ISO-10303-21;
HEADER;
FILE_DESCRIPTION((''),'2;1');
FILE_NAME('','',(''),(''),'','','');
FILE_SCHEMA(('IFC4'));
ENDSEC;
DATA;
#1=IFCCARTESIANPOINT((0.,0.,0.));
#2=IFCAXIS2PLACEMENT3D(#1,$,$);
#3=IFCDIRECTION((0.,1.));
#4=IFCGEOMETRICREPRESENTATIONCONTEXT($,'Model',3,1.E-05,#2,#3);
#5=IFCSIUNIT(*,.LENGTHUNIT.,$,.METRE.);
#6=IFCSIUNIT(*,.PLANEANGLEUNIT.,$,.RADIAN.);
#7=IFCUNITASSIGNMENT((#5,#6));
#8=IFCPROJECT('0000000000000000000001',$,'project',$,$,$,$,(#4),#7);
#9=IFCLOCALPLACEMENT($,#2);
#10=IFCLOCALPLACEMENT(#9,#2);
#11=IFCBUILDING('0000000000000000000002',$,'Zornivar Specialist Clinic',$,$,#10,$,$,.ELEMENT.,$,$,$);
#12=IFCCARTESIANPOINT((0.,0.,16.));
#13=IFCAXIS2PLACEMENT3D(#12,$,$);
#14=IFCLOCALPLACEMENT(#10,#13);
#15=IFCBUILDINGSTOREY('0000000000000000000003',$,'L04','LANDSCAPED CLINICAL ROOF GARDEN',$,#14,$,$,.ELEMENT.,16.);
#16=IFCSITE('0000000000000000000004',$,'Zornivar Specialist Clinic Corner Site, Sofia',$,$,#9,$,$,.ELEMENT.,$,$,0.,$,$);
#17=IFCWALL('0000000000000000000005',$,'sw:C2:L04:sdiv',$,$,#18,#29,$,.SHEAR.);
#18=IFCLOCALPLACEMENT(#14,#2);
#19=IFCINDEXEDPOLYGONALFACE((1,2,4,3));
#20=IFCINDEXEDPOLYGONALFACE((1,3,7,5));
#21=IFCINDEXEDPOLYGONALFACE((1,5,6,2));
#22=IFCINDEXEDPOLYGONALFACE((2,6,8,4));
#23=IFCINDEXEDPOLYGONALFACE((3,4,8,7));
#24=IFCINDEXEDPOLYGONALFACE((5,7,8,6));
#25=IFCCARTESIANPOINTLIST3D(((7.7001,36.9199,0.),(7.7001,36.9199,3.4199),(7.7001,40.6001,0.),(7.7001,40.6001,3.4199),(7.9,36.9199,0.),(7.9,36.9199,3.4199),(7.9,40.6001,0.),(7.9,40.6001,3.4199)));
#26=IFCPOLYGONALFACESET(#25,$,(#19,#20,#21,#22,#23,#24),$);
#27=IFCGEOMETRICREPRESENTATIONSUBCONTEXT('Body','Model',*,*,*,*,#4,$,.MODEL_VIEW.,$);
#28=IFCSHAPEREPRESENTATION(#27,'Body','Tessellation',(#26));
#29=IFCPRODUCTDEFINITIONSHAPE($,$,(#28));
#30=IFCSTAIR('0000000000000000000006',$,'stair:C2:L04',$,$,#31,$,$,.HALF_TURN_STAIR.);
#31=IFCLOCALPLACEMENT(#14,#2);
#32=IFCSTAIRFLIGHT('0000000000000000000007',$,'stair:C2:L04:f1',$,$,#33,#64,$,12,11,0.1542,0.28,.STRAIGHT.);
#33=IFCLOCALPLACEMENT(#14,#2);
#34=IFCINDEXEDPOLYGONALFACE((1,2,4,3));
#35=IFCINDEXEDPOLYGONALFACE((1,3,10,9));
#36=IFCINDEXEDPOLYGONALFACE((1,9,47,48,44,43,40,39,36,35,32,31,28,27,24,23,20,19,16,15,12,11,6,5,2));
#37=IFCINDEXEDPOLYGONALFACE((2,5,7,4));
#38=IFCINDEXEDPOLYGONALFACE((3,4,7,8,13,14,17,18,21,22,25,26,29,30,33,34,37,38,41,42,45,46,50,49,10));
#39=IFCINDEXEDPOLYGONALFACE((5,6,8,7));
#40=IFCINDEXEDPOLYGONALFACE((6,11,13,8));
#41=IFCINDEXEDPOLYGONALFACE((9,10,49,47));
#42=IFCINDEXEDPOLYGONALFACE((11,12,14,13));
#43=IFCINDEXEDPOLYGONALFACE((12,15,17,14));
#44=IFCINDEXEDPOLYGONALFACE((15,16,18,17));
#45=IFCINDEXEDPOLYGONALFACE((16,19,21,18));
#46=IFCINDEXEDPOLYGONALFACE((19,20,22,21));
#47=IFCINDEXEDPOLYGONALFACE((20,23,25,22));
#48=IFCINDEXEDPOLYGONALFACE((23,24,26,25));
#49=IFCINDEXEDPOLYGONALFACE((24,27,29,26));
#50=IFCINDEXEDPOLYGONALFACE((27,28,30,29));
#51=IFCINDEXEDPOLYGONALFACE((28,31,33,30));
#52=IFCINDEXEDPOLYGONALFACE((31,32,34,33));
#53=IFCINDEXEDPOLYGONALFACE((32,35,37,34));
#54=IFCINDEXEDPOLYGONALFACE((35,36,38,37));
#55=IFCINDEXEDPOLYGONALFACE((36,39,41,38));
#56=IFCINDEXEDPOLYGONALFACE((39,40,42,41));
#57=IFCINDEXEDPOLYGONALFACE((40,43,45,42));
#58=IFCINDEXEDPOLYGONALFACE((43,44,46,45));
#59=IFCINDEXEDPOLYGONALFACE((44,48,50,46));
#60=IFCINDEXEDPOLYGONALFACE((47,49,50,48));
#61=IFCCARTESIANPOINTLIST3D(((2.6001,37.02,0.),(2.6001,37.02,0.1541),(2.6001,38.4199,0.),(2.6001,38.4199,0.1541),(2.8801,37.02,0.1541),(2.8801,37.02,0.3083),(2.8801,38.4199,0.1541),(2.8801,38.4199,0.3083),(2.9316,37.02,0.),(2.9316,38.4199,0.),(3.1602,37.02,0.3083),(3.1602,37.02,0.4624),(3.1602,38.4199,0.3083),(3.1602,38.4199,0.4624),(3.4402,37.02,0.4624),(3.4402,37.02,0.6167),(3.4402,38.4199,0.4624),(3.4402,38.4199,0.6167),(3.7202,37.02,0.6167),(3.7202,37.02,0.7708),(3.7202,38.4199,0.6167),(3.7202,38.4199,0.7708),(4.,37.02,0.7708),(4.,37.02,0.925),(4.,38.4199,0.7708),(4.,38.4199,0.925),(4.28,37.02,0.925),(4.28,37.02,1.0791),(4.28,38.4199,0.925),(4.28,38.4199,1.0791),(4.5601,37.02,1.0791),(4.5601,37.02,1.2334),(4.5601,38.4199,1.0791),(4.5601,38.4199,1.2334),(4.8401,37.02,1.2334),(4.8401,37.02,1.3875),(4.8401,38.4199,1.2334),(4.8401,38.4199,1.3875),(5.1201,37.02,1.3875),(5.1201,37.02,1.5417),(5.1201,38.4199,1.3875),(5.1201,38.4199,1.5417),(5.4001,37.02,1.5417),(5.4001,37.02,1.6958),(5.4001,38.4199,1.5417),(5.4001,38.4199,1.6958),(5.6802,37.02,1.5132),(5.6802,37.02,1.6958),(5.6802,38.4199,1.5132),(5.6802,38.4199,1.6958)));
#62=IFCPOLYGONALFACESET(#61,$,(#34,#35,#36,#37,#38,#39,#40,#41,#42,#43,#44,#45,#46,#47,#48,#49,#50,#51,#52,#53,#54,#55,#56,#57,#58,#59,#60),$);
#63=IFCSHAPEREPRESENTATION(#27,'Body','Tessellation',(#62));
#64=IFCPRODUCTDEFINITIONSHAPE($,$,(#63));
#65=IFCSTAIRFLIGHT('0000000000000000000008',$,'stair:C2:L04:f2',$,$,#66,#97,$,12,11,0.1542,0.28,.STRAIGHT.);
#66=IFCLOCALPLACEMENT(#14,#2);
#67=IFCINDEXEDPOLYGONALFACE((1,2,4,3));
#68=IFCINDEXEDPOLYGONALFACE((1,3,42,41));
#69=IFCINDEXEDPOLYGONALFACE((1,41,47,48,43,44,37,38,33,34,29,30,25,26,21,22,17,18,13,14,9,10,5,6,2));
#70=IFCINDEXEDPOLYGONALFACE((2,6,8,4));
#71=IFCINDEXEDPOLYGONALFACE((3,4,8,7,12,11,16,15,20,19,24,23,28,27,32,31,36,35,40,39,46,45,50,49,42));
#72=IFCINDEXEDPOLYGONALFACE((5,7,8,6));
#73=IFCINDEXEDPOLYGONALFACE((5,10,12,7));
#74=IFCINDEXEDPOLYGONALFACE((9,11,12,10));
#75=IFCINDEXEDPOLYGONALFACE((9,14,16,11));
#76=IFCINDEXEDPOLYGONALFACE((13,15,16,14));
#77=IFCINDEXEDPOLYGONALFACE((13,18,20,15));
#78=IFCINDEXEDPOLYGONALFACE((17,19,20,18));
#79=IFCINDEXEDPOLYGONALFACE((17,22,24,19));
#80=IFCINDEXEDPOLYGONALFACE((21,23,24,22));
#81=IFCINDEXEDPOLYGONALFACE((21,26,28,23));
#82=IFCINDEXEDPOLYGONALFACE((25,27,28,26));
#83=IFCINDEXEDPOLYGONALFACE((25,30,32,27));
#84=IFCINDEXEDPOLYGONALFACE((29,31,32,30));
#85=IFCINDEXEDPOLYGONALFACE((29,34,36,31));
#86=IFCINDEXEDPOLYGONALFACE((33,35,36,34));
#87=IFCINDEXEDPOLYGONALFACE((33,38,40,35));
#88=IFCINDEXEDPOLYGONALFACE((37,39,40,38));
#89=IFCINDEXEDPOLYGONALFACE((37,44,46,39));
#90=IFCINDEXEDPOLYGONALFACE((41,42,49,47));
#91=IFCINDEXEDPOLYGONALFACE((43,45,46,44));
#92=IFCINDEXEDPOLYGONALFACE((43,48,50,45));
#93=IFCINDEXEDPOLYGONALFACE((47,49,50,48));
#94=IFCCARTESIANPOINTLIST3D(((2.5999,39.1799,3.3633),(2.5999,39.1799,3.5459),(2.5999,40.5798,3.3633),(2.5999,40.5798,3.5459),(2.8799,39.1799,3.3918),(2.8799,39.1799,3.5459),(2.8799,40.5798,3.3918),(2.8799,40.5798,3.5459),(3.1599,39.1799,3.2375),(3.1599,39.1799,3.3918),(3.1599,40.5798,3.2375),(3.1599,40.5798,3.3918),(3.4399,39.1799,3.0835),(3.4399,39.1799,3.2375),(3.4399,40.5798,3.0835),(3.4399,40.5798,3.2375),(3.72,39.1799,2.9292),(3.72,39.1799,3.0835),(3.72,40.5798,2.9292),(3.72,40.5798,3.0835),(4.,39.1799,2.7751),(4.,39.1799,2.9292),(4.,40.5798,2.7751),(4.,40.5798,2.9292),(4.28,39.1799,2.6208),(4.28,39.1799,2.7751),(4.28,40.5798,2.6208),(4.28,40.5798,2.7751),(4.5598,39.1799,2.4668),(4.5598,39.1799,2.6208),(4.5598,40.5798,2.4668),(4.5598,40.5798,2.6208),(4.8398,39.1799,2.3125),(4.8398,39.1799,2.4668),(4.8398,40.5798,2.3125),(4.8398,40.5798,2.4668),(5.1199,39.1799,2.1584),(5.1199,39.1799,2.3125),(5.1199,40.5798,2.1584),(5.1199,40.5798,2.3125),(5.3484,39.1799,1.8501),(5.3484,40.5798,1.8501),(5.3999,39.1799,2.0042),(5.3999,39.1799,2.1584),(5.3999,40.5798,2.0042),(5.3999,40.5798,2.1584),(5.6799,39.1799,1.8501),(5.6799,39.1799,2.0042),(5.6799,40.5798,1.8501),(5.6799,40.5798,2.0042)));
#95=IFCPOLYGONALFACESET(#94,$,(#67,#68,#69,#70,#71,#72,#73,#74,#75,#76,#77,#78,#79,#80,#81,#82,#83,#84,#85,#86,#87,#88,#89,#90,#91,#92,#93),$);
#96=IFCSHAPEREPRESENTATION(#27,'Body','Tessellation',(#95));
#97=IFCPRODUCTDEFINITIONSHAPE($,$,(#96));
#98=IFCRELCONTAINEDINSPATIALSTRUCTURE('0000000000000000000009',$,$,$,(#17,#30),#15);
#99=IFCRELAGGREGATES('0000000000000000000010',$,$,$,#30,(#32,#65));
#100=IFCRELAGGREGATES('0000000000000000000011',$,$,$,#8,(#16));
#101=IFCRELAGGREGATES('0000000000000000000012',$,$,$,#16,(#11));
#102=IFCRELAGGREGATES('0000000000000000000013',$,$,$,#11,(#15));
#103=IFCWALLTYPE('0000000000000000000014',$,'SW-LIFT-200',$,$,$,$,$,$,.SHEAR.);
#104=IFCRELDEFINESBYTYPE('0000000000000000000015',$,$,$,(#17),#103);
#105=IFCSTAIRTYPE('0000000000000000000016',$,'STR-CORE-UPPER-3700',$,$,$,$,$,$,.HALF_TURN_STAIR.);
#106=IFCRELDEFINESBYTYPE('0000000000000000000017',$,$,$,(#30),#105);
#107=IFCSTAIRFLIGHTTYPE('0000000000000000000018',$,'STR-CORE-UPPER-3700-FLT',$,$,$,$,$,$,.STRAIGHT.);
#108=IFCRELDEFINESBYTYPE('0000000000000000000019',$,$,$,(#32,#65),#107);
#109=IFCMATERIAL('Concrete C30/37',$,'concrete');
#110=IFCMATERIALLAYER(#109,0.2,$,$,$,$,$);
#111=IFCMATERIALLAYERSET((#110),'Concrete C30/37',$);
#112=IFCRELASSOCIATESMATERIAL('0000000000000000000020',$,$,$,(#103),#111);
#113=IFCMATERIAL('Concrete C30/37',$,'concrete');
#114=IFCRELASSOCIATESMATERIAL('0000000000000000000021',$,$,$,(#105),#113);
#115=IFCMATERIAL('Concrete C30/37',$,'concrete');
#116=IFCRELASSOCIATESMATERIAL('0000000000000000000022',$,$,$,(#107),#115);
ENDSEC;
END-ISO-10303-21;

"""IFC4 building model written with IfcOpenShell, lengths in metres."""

from ifc_helpers import new_model, si_unit, direction, frame, frame_2d, origin, place, context, subcontext, project, spatial, polyline, rectangle, outline, extrude, material, layer, layer_set, type_object, element, aggregate, save


model = new_model("IFC4")

# Units and contexts
model_context = context("Model", 3, precision=1e-05, world=origin(), true_north=direction((0.0, 1.0)))
body_context = subcontext(model_context, "Body", "Model", "MODEL_VIEW")
ifc_project = project(units=[si_unit("LENGTHUNIT", "METRE"), si_unit("PLANEANGLEUNIT", "RADIAN")], contexts=[model_context])

# Site, building, storey
site_placement = place(None, origin())
site = spatial("IfcSite", under=ifc_project, at=site_placement, Name="Zornivar Specialist Clinic Corner Site, Sofia", CompositionType="ELEMENT", RefElevation=0.0)
building_placement = place(site_placement, origin())
building = spatial("IfcBuilding", under=site, at=building_placement, Name="Zornivar Specialist Clinic", CompositionType="ELEMENT")
storey_placement = place(building_placement, frame((0.0, 0.0, 16.0)))
storey = spatial("IfcBuildingStorey", under=building, at=storey_placement, Name="L04", Description="LANDSCAPED CLINICAL ROOF GARDEN", CompositionType="ELEMENT", Elevation=16.0)

# Wall
ifc_material_1 = material(Name="Concrete C30/37", Category="concrete")
ifc_layer_1 = layer(ifc_material_1, 0.2)
ifc_layer_set_1 = layer_set([ifc_layer_1], Name="Concrete C30/37")
wall_type_1 = type_object("IfcWallType", Name="SW-LIFT-200", PredefinedType="SHEAR", material=ifc_layer_set_1)
wall_1_placement = place(storey_placement, frame((7.8, 36.9199, 0.0), z_axis=(0.0, 0.0, 1.0), x_axis=(0.0, 1.0, 0.0)))
element("IfcWall", 1, at=wall_1_placement, inside=storey, type_object=wall_type_1, Name="sw:C2:L04:sdiv", PredefinedType="SHEAR", context=body_context, shape_type="SweptSolid", body=[
    extrude(rectangle(XDim=3.6802, YDim=0.2, at=frame_2d((1.8401, 0.0))), origin(), (0.0, 0.0, 1.0), 3.4199),
])

# Stair, stair flights
ifc_material_2 = material(Name="Concrete C30/37", Category="concrete")
stair_type = type_object("IfcStairType", Name="STR-CORE-UPPER-3700", PredefinedType="HALF_TURN_STAIR", material=ifc_material_2)
stair_placement = place(storey_placement, origin())
stair = element("IfcStair", 2, at=stair_placement, inside=storey, type_object=stair_type, Name="stair:C2:L04", PredefinedType="HALF_TURN_STAIR")
ifc_material_3 = material(Name="Concrete C30/37", Category="concrete")
stair_flight_type = type_object("IfcStairFlightType", Name="STR-CORE-UPPER-3700-FLT", PredefinedType="STRAIGHT", material=ifc_material_3)
stair_flight_1_placement = place(storey_placement, frame((2.6001, 37.72, 0.0), z_axis=(0.0, 0.0, 1.0), x_axis=(1.0, 0.0, 0.0)))
stair_flight_1 = element("IfcStairFlight", 3, at=stair_flight_1_placement, type_object=stair_flight_type, Name="stair:C2:L04:f1", NumberOfRisers=12, NumberOfTreads=11, PredefinedType="STRAIGHT", RiserHeight=0.1542, TreadLength=0.28, context=body_context, shape_type="SweptSolid", body=[
    extrude(outline(polyline([(0.0, 0.0), (0.0, 0.1541), (0.28, 0.1541), (0.28, 0.3083), (0.5601, 0.3083), (0.5601, 0.4624), (0.8401, 0.4624), (0.8401, 0.6167), (1.1201, 0.6167), (1.1201, 0.7708), (1.3999, 0.7708), (1.3999, 0.925), (1.6799, 0.925), (1.6799, 1.0791), (1.96, 1.0791), (1.96, 1.2334), (2.24, 1.2334), (2.24, 1.3875), (2.52, 1.3875), (2.52, 1.5417), (2.8, 1.5417), (2.8, 1.6958), (3.0801, 1.6958), (3.0801, 1.8501), (3.0801, 1.5132), (0.3315, 0.0), (0.0, 0.0)])), frame((0.0, 0.7, 0.0), z_axis=(0.0, -1.0, 0.0), x_axis=(1.0, 0.0, 0.0)), (0.0, 0.0, 1.0), 1.3999),
])
stair_flight_2_placement = place(storey_placement, frame((5.6799, 39.8799, 1.8501), z_axis=(0.0, 0.0, 1.0), x_axis=(-1.0, 0.0, 0.0)))
stair_flight_2 = element("IfcStairFlight", 4, at=stair_flight_2_placement, type_object=stair_flight_type, Name="stair:C2:L04:f2", NumberOfRisers=12, NumberOfTreads=11, PredefinedType="STRAIGHT", RiserHeight=0.1542, TreadLength=0.28, context=body_context, shape_type="SweptSolid", body=[
    extrude(outline(polyline([(0.0, 0.0), (0.0, 0.1541), (0.28, 0.1541), (0.28, 0.3083), (0.5601, 0.3083), (0.5601, 0.4624), (0.8401, 0.4624), (0.8401, 0.6167), (1.1201, 0.6167), (1.1201, 0.7708), (1.3999, 0.7708), (1.3999, 0.925), (1.6799, 0.925), (1.6799, 1.0791), (1.96, 1.0791), (1.96, 1.2334), (2.24, 1.2334), (2.24, 1.3875), (2.52, 1.3875), (2.52, 1.5417), (2.8, 1.5417), (2.8, 1.6958), (3.0801, 1.6958), (3.0801, 1.8501), (3.0801, 1.5132), (0.3315, 0.0), (0.0, 0.0)])), frame((0.0, 0.7, 0.0), z_axis=(0.0, -1.0, 0.0), x_axis=(1.0, 0.0, 0.0)), (0.0, 0.0, 1.0), 1.3999),
])
aggregate(stair, [stair_flight_1, stair_flight_2])

save(model, "model.ifc")
